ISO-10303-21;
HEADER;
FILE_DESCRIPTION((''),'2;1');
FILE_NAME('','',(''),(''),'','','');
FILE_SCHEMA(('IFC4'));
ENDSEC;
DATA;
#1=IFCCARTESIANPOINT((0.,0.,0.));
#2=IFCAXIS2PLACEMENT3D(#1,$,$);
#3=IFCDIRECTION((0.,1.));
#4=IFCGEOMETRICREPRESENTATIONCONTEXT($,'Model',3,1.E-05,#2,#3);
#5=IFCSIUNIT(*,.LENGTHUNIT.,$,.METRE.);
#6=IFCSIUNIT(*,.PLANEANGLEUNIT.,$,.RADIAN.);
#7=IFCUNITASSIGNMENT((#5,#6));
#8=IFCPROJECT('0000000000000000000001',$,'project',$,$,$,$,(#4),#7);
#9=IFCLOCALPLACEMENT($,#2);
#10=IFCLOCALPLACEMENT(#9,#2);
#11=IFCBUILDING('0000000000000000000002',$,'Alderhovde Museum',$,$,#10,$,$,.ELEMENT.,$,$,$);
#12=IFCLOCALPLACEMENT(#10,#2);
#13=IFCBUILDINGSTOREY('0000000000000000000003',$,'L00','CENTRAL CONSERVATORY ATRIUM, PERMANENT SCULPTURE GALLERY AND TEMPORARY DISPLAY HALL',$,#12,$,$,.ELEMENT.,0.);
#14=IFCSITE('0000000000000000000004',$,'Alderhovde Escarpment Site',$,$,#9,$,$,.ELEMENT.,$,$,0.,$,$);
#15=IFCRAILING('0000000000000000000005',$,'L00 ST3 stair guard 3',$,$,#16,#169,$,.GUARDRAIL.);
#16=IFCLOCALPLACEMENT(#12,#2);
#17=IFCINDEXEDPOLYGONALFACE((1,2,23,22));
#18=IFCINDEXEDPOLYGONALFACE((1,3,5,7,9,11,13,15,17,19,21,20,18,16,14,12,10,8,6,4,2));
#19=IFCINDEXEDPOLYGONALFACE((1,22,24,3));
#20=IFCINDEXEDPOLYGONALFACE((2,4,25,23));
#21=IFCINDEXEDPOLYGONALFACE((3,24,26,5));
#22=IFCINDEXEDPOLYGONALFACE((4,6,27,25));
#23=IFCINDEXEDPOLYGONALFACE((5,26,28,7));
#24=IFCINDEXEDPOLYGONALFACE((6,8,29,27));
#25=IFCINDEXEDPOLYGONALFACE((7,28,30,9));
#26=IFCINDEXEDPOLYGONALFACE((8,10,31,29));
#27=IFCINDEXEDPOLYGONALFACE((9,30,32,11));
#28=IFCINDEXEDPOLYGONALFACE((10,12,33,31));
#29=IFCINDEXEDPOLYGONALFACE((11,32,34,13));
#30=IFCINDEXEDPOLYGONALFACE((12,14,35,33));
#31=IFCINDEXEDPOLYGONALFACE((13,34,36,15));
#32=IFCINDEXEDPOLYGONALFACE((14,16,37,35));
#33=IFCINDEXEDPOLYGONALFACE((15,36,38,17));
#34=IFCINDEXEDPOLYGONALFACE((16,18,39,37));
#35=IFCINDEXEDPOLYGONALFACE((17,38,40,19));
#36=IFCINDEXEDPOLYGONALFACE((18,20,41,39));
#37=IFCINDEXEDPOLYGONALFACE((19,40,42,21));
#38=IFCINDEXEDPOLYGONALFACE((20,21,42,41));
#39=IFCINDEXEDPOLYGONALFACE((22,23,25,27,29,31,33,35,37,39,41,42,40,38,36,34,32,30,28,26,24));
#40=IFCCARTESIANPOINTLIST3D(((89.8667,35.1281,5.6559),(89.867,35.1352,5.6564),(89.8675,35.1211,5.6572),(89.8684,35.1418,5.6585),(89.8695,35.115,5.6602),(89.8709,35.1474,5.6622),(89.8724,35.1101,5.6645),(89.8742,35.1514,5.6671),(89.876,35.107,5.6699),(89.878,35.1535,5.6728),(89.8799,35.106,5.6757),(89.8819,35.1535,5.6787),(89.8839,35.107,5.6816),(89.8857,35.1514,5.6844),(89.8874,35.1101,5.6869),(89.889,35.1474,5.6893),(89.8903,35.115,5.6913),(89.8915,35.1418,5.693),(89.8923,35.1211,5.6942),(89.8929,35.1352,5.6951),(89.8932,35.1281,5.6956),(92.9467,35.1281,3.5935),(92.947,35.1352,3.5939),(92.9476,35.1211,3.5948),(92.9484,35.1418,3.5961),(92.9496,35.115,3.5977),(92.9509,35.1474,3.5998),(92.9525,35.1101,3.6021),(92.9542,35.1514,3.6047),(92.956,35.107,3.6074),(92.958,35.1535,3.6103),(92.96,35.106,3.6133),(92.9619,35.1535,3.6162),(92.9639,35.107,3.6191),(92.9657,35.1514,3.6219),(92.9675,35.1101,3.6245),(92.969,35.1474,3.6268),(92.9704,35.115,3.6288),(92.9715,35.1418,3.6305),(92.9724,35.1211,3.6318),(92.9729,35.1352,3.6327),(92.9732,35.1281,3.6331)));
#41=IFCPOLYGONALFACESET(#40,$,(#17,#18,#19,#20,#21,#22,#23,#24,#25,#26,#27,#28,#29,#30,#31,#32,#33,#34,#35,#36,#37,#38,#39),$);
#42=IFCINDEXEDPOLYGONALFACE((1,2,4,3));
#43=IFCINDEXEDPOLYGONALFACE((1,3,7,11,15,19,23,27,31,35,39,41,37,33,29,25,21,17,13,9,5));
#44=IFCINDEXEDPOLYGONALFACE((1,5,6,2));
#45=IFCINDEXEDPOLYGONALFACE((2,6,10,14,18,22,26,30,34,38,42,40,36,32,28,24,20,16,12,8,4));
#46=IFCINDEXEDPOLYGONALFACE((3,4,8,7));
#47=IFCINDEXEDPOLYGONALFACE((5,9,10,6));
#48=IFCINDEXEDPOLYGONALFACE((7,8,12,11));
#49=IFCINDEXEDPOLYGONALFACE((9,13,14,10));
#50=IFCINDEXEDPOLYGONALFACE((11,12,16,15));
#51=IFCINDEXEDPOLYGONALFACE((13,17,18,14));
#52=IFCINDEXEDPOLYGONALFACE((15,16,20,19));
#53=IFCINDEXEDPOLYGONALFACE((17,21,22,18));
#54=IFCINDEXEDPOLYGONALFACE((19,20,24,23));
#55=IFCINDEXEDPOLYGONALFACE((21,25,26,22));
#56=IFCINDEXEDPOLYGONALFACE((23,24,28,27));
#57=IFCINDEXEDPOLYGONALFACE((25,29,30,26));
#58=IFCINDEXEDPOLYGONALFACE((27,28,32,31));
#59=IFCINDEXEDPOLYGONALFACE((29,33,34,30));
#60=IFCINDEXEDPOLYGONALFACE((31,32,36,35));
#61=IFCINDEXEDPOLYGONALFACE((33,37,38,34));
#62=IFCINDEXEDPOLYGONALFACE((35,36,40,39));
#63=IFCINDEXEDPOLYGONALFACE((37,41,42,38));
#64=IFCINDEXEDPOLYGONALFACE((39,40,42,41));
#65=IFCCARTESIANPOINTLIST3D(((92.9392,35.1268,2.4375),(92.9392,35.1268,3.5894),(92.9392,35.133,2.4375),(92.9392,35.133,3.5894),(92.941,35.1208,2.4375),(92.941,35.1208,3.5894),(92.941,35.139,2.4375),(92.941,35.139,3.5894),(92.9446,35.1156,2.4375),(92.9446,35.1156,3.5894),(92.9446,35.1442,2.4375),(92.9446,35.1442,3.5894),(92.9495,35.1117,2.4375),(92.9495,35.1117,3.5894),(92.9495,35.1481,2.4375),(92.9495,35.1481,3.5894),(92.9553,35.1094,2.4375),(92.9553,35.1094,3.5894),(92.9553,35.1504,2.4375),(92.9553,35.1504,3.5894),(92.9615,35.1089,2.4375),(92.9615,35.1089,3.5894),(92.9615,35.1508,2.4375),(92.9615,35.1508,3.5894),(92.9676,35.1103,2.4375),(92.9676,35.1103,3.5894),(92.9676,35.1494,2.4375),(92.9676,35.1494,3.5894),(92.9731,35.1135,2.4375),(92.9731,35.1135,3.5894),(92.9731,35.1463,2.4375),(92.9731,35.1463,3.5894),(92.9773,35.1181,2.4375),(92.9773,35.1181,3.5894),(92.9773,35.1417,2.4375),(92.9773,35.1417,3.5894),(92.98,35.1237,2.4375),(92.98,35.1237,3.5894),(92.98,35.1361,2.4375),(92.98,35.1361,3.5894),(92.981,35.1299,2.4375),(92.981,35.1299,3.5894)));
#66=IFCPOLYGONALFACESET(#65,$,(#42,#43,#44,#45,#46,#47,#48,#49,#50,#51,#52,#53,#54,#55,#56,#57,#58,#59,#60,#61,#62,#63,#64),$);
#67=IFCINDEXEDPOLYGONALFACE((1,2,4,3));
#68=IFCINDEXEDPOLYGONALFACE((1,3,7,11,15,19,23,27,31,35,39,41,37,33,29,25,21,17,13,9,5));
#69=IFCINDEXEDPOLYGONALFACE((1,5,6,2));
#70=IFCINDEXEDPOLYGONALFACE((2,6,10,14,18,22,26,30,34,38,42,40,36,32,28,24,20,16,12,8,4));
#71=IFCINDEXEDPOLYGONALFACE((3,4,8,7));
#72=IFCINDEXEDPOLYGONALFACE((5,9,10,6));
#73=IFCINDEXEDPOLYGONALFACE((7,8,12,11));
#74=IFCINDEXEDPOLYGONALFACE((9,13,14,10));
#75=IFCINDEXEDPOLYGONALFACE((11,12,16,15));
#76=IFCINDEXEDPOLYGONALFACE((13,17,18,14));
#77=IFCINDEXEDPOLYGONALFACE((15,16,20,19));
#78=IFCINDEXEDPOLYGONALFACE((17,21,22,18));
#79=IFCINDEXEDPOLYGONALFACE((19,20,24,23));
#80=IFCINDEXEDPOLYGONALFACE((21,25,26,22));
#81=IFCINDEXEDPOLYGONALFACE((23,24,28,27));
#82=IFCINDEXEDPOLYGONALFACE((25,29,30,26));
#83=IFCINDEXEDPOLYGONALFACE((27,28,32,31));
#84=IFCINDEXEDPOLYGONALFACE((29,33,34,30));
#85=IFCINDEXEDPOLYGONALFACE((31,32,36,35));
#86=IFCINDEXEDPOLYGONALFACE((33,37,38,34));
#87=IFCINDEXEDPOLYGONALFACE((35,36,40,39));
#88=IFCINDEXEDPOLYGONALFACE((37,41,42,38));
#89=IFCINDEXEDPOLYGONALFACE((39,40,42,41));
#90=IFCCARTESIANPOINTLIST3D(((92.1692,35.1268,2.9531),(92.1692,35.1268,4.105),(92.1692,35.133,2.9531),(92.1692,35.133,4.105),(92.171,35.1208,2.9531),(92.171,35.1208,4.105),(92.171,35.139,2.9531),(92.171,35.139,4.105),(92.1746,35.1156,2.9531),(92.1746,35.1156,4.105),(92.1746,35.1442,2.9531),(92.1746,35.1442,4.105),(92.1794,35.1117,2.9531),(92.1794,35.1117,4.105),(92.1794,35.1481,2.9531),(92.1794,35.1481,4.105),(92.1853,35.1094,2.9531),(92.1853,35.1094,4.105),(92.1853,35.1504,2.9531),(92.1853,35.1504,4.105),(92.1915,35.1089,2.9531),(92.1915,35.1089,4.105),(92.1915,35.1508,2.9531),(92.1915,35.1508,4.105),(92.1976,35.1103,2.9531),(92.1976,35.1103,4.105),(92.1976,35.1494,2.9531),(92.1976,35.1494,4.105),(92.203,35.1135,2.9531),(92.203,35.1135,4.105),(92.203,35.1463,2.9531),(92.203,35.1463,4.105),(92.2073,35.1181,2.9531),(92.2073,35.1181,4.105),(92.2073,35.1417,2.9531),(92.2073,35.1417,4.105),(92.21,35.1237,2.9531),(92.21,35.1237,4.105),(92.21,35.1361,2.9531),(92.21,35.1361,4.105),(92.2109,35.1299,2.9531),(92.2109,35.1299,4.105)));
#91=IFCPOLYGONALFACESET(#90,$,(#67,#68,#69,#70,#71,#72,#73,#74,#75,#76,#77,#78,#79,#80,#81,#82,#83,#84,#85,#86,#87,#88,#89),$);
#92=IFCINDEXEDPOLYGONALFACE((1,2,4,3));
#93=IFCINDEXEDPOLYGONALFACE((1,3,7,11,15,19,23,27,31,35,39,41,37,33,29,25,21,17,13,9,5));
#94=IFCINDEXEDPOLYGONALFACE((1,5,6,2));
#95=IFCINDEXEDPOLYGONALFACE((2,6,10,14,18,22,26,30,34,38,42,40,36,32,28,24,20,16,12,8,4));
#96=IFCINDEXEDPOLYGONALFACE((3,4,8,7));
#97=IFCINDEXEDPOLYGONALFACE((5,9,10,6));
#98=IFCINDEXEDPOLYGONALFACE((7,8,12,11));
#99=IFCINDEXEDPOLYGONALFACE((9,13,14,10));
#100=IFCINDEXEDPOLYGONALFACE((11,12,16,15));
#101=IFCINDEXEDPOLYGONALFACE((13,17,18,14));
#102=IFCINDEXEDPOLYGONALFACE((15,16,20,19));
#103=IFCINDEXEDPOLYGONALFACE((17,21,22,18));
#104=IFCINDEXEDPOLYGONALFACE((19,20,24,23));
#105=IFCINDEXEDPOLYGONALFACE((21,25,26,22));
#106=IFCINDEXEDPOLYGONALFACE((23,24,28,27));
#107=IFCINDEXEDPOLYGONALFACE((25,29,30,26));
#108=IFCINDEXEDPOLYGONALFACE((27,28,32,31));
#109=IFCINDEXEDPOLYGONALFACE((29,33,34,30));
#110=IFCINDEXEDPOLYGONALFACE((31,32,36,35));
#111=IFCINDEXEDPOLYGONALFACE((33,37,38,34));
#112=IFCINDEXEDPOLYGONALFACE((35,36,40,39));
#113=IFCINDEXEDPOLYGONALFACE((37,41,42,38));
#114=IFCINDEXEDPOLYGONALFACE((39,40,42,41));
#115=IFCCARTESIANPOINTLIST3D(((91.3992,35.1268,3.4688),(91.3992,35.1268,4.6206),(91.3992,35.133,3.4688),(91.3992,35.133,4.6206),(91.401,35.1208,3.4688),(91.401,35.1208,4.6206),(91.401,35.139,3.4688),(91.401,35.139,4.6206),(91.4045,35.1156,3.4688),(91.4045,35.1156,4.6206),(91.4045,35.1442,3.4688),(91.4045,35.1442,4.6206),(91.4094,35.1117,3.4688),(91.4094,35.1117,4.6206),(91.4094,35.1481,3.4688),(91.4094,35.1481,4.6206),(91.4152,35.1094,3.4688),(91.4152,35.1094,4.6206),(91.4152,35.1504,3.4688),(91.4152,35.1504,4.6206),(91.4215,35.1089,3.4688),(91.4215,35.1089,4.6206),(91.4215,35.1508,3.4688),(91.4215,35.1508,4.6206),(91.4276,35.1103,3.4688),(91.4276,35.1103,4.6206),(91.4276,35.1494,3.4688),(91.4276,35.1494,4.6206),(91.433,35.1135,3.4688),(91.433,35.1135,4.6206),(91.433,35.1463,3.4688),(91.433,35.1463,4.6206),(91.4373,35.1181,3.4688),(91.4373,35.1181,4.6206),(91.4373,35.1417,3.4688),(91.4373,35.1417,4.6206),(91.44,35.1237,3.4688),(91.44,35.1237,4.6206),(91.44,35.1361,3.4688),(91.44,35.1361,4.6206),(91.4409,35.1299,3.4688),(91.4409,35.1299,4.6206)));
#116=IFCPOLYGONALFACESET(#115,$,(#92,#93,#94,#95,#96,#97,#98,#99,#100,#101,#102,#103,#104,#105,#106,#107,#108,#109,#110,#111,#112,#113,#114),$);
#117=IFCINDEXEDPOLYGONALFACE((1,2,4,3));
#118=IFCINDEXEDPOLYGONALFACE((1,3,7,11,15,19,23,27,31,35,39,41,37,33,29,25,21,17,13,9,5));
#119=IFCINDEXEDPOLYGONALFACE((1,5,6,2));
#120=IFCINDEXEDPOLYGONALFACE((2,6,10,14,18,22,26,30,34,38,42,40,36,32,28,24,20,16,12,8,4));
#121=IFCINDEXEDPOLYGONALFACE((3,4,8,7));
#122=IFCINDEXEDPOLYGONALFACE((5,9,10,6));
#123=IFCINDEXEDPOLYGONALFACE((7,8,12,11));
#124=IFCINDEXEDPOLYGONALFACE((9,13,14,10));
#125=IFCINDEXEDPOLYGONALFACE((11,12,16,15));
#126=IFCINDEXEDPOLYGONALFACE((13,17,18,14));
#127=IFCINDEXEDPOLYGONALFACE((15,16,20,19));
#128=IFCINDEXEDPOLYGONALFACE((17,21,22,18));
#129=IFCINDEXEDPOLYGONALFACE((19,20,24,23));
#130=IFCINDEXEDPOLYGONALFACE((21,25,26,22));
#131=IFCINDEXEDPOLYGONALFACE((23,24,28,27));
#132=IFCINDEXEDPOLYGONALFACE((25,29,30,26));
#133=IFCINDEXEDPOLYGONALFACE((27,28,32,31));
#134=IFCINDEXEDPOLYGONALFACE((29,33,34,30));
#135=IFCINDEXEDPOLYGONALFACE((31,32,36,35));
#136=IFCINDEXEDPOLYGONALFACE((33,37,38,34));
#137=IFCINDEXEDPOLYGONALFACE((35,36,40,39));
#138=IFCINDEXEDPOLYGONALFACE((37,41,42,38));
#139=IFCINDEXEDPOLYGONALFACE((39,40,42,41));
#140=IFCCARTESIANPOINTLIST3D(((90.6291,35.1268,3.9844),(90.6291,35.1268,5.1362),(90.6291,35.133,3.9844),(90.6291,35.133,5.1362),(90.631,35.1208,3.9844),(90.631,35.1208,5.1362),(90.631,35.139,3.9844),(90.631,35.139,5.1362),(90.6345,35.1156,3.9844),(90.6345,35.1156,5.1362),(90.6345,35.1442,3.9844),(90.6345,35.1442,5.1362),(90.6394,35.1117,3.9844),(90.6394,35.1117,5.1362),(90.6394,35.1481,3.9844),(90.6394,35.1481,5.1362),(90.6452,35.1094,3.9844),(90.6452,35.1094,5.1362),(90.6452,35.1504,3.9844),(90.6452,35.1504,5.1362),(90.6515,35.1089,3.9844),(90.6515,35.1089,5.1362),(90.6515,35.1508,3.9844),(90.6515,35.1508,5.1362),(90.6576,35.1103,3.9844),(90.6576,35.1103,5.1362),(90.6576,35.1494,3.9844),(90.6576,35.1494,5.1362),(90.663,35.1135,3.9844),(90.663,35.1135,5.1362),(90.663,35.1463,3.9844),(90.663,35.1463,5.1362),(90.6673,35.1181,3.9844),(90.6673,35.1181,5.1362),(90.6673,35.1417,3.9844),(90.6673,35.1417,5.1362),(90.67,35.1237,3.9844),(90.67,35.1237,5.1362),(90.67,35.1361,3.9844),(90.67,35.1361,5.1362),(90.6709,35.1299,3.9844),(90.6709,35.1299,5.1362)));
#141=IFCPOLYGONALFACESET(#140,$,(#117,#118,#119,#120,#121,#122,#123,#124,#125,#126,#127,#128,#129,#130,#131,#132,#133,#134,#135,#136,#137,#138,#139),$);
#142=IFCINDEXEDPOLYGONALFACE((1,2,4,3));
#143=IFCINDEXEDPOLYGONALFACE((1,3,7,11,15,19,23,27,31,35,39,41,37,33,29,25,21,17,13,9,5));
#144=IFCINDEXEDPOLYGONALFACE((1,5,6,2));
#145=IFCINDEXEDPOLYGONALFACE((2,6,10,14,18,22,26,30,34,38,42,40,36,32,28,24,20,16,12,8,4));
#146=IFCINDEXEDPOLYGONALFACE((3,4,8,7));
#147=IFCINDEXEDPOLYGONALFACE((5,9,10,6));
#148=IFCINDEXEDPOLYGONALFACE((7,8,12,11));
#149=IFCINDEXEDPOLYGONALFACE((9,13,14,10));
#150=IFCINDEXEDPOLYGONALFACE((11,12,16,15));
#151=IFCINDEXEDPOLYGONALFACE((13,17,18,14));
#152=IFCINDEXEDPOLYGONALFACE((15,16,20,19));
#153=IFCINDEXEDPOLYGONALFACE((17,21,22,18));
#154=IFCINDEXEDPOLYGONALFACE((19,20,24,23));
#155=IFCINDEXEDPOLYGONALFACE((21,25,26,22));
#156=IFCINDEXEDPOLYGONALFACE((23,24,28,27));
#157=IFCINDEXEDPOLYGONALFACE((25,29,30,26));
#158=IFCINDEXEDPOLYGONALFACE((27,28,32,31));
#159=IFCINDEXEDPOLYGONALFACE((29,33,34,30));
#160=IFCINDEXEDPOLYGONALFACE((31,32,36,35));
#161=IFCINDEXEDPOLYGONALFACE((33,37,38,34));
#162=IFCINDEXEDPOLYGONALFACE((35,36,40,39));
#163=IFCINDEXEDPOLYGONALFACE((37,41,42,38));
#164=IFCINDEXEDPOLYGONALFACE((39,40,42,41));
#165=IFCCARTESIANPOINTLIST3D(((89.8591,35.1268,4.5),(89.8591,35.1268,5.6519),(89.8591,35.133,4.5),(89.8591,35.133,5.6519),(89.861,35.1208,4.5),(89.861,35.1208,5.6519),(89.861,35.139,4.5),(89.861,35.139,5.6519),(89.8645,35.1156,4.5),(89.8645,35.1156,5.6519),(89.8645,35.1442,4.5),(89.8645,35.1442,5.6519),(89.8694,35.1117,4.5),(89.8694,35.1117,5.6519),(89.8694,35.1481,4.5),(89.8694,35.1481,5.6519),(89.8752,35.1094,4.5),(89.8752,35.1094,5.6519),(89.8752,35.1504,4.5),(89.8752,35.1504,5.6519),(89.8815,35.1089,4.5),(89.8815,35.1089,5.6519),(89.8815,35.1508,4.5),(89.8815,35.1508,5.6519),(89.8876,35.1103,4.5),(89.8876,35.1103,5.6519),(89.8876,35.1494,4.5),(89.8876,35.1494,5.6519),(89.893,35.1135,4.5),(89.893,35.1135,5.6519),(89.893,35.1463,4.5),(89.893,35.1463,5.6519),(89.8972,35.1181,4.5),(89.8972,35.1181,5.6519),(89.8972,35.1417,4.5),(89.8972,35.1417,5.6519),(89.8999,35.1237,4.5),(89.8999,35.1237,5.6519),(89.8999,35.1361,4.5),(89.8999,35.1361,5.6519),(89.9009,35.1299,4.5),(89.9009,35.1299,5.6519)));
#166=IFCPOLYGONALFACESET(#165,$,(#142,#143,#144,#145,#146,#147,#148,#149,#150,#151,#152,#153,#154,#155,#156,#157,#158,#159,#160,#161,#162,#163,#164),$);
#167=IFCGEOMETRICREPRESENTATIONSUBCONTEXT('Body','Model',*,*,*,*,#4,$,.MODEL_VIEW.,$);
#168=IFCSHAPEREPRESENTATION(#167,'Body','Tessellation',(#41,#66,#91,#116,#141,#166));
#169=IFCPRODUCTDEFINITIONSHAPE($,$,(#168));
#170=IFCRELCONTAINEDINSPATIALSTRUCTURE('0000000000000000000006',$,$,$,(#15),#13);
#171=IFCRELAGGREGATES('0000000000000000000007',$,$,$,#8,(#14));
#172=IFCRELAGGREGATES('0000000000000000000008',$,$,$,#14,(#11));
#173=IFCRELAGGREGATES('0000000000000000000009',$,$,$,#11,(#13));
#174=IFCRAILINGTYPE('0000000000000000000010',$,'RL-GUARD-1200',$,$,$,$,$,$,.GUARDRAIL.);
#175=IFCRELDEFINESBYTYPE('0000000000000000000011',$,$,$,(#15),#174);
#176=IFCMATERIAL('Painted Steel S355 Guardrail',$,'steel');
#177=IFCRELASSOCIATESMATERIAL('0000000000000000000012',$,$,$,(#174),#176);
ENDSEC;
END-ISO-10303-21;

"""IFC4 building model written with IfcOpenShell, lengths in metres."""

from ifc_helpers import new_model, si_unit, direction, frame, origin, origin_2d, place, context, subcontext, project, spatial, circle, extrude, material, type_object, element, save


model = new_model("IFC4")

# Units and contexts
model_context = context("Model", 3, precision=1e-05, world=origin(), true_north=direction((0.0, 1.0)))
body_context = subcontext(model_context, "Body", "Model", "MODEL_VIEW")
ifc_project = project(units=[si_unit("LENGTHUNIT", "METRE"), si_unit("PLANEANGLEUNIT", "RADIAN")], contexts=[model_context])

# Site, building, storey
site_placement = place(None, origin())
site = spatial("IfcSite", under=ifc_project, at=site_placement, Name="Alderhovde Escarpment Site", CompositionType="ELEMENT", RefElevation=0.0)
building_placement = place(site_placement, origin())
building = spatial("IfcBuilding", under=site, at=building_placement, Name="Alderhovde Museum", CompositionType="ELEMENT")
storey_placement = place(building_placement, origin())
storey = spatial("IfcBuildingStorey", under=building, at=storey_placement, Name="L00", Description="CENTRAL CONSERVATORY ATRIUM, PERMANENT SCULPTURE GALLERY AND TEMPORARY DISPLAY HALL", CompositionType="ELEMENT", Elevation=0.0)

# Railing
ifc_material_1 = material(Name="Painted Steel S355 Guardrail", Category="steel")
railing_type_1 = type_object("IfcRailingType", Name="RL-GUARD-1200", PredefinedType="GUARDRAIL", material=ifc_material_1)
railing_1_placement = place(storey_placement, frame((92.96, 35.1299, 2.4375)))
element("IfcRailing", 1, at=railing_1_placement, inside=storey, type_object=railing_type_1, Name="L00 ST3 stair guard 3", PredefinedType="GUARDRAIL", context=body_context, shape_type="SweptSolid", body=[
    extrude(circle(Radius=0.0239, at=origin_2d()), frame((0.0, 0.0, 1.1758), z_axis=(-0.830914, 0.0, 0.556401), x_axis=(0.0, -1.0, 0.0)), (0.0, 0.0, 1.0), 3.7068),
    extrude(circle(Radius=0.021, at=origin_2d()), origin(), (0.0, 0.0, 1.0), 1.1519),
    extrude(circle(Radius=0.021, at=origin_2d()), frame((-0.77, 0.0, 0.5156)), (0.0, 0.0, 1.0), 1.1519),
    extrude(circle(Radius=0.021, at=origin_2d()), frame((-1.54, 0.0, 1.0312)), (0.0, 0.0, 1.0), 1.1519),
    extrude(circle(Radius=0.021, at=origin_2d()), frame((-2.3101, 0.0, 1.5469)), (0.0, 0.0, 1.0), 1.1519),
    extrude(circle(Radius=0.021, at=origin_2d()), frame((-3.0801, 0.0, 2.0625)), (0.0, 0.0, 1.0), 1.1519),
])

save(model, "model.ifc")
